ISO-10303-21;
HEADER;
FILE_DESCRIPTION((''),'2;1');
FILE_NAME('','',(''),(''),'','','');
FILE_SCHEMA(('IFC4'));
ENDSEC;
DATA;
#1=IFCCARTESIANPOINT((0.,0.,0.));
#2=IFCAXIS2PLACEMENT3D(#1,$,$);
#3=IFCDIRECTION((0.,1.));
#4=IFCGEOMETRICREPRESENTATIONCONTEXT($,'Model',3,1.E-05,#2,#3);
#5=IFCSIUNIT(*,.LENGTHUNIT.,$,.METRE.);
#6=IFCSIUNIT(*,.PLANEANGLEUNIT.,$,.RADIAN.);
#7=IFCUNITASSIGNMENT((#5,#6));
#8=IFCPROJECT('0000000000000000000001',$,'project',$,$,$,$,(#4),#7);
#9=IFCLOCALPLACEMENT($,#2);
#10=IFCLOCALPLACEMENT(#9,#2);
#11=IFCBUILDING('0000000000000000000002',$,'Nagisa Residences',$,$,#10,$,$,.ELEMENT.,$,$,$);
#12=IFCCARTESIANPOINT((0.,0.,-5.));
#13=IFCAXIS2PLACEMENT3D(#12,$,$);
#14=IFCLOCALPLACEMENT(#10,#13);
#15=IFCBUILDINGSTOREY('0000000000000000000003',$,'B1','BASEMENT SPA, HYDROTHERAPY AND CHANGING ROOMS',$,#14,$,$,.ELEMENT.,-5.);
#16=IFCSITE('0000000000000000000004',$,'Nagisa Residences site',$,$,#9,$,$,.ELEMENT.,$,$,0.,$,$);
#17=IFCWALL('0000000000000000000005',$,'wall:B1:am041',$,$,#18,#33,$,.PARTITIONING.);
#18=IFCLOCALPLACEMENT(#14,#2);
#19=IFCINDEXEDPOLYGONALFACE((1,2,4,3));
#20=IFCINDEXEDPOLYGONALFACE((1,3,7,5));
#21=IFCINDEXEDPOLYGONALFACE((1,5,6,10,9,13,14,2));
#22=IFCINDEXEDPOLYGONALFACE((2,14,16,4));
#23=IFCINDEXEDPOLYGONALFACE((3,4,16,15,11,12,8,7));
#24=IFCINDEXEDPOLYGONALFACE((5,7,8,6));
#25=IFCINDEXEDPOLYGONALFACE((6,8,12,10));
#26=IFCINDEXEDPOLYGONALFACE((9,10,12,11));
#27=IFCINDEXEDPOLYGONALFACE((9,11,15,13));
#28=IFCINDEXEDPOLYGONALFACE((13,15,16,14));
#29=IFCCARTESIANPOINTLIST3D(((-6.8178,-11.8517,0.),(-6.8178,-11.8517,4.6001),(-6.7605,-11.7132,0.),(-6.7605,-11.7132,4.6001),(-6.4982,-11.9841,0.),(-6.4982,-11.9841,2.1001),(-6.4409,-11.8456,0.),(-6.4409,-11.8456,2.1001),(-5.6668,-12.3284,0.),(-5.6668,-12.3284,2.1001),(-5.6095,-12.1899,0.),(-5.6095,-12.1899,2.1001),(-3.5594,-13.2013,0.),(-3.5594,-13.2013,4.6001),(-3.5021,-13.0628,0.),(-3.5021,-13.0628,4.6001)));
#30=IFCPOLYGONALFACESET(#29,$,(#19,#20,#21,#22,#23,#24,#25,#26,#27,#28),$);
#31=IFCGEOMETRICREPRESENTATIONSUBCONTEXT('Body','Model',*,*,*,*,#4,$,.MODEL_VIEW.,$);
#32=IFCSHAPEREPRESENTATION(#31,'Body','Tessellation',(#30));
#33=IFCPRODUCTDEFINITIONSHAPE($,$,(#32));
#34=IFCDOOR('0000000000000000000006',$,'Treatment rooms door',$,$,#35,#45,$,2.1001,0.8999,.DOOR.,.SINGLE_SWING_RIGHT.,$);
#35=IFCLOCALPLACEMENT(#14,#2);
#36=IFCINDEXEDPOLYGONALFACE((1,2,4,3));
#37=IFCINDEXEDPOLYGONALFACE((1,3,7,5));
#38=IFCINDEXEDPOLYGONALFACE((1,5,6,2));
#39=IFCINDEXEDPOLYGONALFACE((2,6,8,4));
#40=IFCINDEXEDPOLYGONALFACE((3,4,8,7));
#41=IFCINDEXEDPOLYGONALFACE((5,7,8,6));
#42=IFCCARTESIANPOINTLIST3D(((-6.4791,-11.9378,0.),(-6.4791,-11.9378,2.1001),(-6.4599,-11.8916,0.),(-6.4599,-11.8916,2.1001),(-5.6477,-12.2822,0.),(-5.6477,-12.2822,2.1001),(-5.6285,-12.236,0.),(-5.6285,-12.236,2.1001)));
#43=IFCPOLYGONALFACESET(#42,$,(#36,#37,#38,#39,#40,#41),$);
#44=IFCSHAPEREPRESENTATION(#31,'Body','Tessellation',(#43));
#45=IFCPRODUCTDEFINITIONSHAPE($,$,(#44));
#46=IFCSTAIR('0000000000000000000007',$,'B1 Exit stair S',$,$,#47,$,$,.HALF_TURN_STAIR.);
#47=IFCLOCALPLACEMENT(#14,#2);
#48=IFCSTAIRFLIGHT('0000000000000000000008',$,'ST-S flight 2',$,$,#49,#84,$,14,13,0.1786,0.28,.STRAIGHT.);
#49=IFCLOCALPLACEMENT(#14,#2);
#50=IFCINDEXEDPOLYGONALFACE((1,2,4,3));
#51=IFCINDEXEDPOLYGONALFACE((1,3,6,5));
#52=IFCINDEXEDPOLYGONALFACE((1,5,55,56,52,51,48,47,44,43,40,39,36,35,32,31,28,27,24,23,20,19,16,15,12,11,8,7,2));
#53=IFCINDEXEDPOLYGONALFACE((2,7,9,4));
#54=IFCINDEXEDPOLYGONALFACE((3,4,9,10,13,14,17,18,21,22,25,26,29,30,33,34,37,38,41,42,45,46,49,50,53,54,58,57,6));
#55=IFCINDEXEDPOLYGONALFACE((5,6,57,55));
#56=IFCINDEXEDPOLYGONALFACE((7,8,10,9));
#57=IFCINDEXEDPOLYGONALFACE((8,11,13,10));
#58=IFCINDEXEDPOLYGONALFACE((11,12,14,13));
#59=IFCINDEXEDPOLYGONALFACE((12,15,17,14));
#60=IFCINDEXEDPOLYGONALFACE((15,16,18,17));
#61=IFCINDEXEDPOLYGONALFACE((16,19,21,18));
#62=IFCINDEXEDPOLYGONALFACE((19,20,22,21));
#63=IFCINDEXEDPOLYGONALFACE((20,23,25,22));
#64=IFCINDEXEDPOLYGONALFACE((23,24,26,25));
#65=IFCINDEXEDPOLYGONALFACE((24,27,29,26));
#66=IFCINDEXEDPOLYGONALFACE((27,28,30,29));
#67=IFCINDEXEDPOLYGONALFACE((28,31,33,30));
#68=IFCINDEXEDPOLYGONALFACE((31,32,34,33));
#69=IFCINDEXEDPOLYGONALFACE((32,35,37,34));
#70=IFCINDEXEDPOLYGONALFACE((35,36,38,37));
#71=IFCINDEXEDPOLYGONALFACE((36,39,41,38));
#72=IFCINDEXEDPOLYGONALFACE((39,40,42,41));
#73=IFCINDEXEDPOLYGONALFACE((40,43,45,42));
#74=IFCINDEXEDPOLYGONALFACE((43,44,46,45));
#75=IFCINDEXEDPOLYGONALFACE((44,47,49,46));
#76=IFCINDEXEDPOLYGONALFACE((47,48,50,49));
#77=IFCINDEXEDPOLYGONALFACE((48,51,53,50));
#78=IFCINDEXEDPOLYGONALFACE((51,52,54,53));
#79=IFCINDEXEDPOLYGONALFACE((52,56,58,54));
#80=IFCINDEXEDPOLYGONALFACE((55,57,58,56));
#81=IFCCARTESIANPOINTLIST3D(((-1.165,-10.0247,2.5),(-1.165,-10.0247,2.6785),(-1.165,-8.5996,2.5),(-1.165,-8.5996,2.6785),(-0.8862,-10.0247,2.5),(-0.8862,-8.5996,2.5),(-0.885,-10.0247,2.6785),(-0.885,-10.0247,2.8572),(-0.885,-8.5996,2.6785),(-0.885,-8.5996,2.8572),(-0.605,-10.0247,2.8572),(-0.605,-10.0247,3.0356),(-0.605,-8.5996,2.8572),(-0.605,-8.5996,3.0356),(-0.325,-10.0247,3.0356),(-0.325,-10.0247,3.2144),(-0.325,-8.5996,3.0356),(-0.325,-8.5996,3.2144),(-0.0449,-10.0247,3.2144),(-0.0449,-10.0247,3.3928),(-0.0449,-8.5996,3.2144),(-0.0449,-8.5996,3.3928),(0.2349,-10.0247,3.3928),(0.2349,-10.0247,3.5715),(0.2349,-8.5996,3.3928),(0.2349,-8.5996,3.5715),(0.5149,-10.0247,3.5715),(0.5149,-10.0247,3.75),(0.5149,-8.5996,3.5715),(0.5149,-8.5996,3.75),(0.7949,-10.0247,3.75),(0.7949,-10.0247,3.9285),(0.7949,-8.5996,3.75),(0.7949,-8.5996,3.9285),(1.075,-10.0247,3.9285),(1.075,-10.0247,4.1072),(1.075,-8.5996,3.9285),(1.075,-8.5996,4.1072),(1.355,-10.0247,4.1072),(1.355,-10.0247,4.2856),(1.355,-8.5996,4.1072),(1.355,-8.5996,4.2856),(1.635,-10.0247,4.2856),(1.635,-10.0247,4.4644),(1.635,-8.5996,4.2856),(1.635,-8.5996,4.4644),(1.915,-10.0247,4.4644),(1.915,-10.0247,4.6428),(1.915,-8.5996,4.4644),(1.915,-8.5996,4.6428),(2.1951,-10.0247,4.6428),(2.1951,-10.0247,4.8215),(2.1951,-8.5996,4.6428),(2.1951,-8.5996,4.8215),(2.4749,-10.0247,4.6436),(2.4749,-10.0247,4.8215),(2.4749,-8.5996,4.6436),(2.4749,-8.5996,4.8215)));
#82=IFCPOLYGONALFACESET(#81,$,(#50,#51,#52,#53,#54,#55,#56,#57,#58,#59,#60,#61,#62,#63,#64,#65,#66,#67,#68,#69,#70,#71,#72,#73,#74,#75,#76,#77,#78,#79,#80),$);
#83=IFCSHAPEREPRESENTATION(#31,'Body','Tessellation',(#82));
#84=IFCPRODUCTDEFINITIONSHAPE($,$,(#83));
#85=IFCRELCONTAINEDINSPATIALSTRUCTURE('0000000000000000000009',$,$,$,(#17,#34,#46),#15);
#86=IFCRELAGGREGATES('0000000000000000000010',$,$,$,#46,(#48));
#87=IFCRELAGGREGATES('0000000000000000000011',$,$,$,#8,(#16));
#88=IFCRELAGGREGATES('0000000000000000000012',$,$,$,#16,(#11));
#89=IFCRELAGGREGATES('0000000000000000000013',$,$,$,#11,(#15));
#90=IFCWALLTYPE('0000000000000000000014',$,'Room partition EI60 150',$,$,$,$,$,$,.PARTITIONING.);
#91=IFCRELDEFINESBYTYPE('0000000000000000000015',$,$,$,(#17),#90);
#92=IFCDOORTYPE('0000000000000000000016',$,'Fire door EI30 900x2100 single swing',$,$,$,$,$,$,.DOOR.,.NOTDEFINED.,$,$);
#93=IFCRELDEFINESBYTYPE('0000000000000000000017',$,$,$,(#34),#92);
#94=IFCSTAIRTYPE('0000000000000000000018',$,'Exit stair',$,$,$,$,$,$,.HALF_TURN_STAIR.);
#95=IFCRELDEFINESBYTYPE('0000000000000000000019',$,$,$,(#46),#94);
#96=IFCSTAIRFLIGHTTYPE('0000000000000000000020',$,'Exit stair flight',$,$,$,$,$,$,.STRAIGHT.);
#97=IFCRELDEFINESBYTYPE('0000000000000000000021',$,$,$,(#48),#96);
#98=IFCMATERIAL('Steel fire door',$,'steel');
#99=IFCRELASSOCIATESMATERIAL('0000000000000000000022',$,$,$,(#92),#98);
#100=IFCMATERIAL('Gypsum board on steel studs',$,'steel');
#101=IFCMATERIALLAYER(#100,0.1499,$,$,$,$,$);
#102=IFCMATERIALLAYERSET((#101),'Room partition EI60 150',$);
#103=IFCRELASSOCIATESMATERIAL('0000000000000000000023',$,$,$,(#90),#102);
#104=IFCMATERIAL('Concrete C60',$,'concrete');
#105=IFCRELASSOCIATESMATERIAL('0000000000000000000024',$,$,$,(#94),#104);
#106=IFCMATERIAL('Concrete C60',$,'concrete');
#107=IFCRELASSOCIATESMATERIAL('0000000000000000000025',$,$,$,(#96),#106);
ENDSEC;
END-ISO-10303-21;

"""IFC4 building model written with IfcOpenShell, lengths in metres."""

from ifc_helpers import new_model, si_unit, direction, frame, frame_2d, origin, place, context, subcontext, project, spatial, polyline, rectangle, outline, extrude, material, layer, layer_set, type_object, element, fill, aggregate, save


model = new_model("IFC4")

# Units and contexts
model_context = context("Model", 3, precision=1e-05, world=origin(), true_north=direction((0.0, 1.0)))
body_context = subcontext(model_context, "Body", "Model", "MODEL_VIEW")
ifc_project = project(units=[si_unit("LENGTHUNIT", "METRE"), si_unit("PLANEANGLEUNIT", "RADIAN")], contexts=[model_context])

# Site, building, storey
site_placement = place(None, origin())
site = spatial("IfcSite", under=ifc_project, at=site_placement, Name="Nagisa Residences site", CompositionType="ELEMENT", RefElevation=0.0)
building_placement = place(site_placement, origin())
building = spatial("IfcBuilding", under=site, at=building_placement, Name="Nagisa Residences", CompositionType="ELEMENT")
storey_placement = place(building_placement, frame((0.0, 0.0, -5.0)))
storey = spatial("IfcBuildingStorey", under=building, at=storey_placement, Name="B1", Description="BASEMENT SPA, HYDROTHERAPY AND CHANGING ROOMS", CompositionType="ELEMENT", Elevation=-5.0)

# Shared definitions
ifc_material_1 = material(Name="Steel fire door", Category="steel")
door_type = type_object("IfcDoorType", Name="Fire door EI30 900x2100 single swing", OperationType="NOTDEFINED", PredefinedType="DOOR", material=ifc_material_1)

# Wall, opening, door
ifc_material_2 = material(Name="Gypsum board on steel studs", Category="steel")
ifc_layer_1 = layer(ifc_material_2, 0.1499)
ifc_layer_set_1 = layer_set([ifc_layer_1], Name="Room partition EI60 150")
wall_type_1 = type_object("IfcWallType", Name="Room partition EI60 150", PredefinedType="PARTITIONING", material=ifc_layer_set_1)
wall_1_placement = place(storey_placement, frame((-3.5308, -13.1321, 0.0), z_axis=(0.0, 0.0, 1.0), x_axis=(-0.923882, 0.382678, 0.0)))
wall_1 = element("IfcWall", 1, at=wall_1_placement, inside=storey, type_object=wall_type_1, Name="wall:B1:am041", PredefinedType="PARTITIONING", context=body_context, shape_type="SweptSolid", body=[
    extrude(rectangle(XDim=3.5269, YDim=0.1499, at=frame_2d((1.7634, 0.0))), origin(), (0.0, 0.0, 1.0), 4.6001),
])
opening_1_placement = place(wall_1_placement, frame((2.281, 0.0, 0.0)))
opening_1 = element("IfcOpeningElement", 2, at=opening_1_placement, cuts=wall_1, PredefinedType="OPENING", context=body_context, shape_type="SweptSolid", body=[
    extrude(rectangle(XDim=0.8999, YDim=2.1001, at=frame_2d((0.45, 1.05))), frame((0.0, 0.085, 0.0), z_axis=(0.0, -1.0, 0.0), x_axis=(1.0, 0.0, 0.0)), (0.0, 0.0, 1.0), 0.1699),
])
door_1_placement = place(opening_1_placement, origin())
door_1 = element("IfcDoor", 3, at=door_1_placement, inside=storey, type_object=door_type, Name="Treatment rooms door", OperationType="SINGLE_SWING_RIGHT", OverallHeight=2.1001, OverallWidth=0.8999, PredefinedType="DOOR", context=body_context, shape_type="SweptSolid", body=[
    extrude(rectangle(XDim=0.8999, YDim=2.1001, at=frame_2d((0.45, 1.05))), frame((0.0, 0.0249, 0.0), z_axis=(0.0, -1.0, 0.0), x_axis=(1.0, 0.0, 0.0)), (0.0, 0.0, 1.0), 0.05),
])
fill(opening_1, door_1)

# Stair, stair flight
ifc_material_3 = material(Name="Concrete C60", Category="concrete")
stair_type = type_object("IfcStairType", Name="Exit stair", PredefinedType="HALF_TURN_STAIR", material=ifc_material_3)
stair_placement = place(storey_placement, origin())
stair = element("IfcStair", 4, at=stair_placement, inside=storey, type_object=stair_type, Name="B1 Exit stair S", PredefinedType="HALF_TURN_STAIR")
ifc_material_4 = material(Name="Concrete C60", Category="concrete")
stair_flight_type = type_object("IfcStairFlightType", Name="Exit stair flight", PredefinedType="STRAIGHT", material=ifc_material_4)
stair_flight_placement = place(storey_placement, frame((-1.165, -9.312, 2.5), z_axis=(0.0, 0.0, 1.0), x_axis=(1.0, 0.0, 0.0)))
stair_flight = element("IfcStairFlight", 5, at=stair_flight_placement, type_object=stair_flight_type, Name="ST-S flight 2", NumberOfRisers=14, NumberOfTreads=13, PredefinedType="STRAIGHT", RiserHeight=0.1786, TreadLength=0.28, context=body_context, shape_type="SweptSolid", body=[
    extrude(outline(polyline([(0.0, 0.0), (0.0, 0.1785), (0.28, 0.1785), (0.28, 0.3572), (0.5601, 0.3572), (0.5601, 0.5356), (0.8401, 0.5356), (0.8401, 0.7144), (1.1201, 0.7144), (1.1201, 0.8928), (1.3999, 0.8928), (1.3999, 1.0715), (1.6799, 1.0715), (1.6799, 1.25), (1.96, 1.25), (1.96, 1.4285), (2.24, 1.4285), (2.24, 1.6072), (2.52, 1.6072), (2.52, 1.7856), (2.8, 1.7856), (2.8, 1.9644), (3.0801, 1.9644), (3.0801, 2.1428), (3.3601, 2.1428), (3.3601, 2.3215), (3.6399, 2.3215), (3.6399, 2.5), (3.6399, 2.1436), (0.2788, 0.0), (0.0, 0.0)])), frame((0.0, 0.7124, 0.0), z_axis=(0.0, -1.0, 0.0), x_axis=(1.0, 0.0, 0.0)), (0.0, 0.0, 1.0), 1.425),
])
aggregate(stair, [stair_flight])

save(model, "model.ifc")
